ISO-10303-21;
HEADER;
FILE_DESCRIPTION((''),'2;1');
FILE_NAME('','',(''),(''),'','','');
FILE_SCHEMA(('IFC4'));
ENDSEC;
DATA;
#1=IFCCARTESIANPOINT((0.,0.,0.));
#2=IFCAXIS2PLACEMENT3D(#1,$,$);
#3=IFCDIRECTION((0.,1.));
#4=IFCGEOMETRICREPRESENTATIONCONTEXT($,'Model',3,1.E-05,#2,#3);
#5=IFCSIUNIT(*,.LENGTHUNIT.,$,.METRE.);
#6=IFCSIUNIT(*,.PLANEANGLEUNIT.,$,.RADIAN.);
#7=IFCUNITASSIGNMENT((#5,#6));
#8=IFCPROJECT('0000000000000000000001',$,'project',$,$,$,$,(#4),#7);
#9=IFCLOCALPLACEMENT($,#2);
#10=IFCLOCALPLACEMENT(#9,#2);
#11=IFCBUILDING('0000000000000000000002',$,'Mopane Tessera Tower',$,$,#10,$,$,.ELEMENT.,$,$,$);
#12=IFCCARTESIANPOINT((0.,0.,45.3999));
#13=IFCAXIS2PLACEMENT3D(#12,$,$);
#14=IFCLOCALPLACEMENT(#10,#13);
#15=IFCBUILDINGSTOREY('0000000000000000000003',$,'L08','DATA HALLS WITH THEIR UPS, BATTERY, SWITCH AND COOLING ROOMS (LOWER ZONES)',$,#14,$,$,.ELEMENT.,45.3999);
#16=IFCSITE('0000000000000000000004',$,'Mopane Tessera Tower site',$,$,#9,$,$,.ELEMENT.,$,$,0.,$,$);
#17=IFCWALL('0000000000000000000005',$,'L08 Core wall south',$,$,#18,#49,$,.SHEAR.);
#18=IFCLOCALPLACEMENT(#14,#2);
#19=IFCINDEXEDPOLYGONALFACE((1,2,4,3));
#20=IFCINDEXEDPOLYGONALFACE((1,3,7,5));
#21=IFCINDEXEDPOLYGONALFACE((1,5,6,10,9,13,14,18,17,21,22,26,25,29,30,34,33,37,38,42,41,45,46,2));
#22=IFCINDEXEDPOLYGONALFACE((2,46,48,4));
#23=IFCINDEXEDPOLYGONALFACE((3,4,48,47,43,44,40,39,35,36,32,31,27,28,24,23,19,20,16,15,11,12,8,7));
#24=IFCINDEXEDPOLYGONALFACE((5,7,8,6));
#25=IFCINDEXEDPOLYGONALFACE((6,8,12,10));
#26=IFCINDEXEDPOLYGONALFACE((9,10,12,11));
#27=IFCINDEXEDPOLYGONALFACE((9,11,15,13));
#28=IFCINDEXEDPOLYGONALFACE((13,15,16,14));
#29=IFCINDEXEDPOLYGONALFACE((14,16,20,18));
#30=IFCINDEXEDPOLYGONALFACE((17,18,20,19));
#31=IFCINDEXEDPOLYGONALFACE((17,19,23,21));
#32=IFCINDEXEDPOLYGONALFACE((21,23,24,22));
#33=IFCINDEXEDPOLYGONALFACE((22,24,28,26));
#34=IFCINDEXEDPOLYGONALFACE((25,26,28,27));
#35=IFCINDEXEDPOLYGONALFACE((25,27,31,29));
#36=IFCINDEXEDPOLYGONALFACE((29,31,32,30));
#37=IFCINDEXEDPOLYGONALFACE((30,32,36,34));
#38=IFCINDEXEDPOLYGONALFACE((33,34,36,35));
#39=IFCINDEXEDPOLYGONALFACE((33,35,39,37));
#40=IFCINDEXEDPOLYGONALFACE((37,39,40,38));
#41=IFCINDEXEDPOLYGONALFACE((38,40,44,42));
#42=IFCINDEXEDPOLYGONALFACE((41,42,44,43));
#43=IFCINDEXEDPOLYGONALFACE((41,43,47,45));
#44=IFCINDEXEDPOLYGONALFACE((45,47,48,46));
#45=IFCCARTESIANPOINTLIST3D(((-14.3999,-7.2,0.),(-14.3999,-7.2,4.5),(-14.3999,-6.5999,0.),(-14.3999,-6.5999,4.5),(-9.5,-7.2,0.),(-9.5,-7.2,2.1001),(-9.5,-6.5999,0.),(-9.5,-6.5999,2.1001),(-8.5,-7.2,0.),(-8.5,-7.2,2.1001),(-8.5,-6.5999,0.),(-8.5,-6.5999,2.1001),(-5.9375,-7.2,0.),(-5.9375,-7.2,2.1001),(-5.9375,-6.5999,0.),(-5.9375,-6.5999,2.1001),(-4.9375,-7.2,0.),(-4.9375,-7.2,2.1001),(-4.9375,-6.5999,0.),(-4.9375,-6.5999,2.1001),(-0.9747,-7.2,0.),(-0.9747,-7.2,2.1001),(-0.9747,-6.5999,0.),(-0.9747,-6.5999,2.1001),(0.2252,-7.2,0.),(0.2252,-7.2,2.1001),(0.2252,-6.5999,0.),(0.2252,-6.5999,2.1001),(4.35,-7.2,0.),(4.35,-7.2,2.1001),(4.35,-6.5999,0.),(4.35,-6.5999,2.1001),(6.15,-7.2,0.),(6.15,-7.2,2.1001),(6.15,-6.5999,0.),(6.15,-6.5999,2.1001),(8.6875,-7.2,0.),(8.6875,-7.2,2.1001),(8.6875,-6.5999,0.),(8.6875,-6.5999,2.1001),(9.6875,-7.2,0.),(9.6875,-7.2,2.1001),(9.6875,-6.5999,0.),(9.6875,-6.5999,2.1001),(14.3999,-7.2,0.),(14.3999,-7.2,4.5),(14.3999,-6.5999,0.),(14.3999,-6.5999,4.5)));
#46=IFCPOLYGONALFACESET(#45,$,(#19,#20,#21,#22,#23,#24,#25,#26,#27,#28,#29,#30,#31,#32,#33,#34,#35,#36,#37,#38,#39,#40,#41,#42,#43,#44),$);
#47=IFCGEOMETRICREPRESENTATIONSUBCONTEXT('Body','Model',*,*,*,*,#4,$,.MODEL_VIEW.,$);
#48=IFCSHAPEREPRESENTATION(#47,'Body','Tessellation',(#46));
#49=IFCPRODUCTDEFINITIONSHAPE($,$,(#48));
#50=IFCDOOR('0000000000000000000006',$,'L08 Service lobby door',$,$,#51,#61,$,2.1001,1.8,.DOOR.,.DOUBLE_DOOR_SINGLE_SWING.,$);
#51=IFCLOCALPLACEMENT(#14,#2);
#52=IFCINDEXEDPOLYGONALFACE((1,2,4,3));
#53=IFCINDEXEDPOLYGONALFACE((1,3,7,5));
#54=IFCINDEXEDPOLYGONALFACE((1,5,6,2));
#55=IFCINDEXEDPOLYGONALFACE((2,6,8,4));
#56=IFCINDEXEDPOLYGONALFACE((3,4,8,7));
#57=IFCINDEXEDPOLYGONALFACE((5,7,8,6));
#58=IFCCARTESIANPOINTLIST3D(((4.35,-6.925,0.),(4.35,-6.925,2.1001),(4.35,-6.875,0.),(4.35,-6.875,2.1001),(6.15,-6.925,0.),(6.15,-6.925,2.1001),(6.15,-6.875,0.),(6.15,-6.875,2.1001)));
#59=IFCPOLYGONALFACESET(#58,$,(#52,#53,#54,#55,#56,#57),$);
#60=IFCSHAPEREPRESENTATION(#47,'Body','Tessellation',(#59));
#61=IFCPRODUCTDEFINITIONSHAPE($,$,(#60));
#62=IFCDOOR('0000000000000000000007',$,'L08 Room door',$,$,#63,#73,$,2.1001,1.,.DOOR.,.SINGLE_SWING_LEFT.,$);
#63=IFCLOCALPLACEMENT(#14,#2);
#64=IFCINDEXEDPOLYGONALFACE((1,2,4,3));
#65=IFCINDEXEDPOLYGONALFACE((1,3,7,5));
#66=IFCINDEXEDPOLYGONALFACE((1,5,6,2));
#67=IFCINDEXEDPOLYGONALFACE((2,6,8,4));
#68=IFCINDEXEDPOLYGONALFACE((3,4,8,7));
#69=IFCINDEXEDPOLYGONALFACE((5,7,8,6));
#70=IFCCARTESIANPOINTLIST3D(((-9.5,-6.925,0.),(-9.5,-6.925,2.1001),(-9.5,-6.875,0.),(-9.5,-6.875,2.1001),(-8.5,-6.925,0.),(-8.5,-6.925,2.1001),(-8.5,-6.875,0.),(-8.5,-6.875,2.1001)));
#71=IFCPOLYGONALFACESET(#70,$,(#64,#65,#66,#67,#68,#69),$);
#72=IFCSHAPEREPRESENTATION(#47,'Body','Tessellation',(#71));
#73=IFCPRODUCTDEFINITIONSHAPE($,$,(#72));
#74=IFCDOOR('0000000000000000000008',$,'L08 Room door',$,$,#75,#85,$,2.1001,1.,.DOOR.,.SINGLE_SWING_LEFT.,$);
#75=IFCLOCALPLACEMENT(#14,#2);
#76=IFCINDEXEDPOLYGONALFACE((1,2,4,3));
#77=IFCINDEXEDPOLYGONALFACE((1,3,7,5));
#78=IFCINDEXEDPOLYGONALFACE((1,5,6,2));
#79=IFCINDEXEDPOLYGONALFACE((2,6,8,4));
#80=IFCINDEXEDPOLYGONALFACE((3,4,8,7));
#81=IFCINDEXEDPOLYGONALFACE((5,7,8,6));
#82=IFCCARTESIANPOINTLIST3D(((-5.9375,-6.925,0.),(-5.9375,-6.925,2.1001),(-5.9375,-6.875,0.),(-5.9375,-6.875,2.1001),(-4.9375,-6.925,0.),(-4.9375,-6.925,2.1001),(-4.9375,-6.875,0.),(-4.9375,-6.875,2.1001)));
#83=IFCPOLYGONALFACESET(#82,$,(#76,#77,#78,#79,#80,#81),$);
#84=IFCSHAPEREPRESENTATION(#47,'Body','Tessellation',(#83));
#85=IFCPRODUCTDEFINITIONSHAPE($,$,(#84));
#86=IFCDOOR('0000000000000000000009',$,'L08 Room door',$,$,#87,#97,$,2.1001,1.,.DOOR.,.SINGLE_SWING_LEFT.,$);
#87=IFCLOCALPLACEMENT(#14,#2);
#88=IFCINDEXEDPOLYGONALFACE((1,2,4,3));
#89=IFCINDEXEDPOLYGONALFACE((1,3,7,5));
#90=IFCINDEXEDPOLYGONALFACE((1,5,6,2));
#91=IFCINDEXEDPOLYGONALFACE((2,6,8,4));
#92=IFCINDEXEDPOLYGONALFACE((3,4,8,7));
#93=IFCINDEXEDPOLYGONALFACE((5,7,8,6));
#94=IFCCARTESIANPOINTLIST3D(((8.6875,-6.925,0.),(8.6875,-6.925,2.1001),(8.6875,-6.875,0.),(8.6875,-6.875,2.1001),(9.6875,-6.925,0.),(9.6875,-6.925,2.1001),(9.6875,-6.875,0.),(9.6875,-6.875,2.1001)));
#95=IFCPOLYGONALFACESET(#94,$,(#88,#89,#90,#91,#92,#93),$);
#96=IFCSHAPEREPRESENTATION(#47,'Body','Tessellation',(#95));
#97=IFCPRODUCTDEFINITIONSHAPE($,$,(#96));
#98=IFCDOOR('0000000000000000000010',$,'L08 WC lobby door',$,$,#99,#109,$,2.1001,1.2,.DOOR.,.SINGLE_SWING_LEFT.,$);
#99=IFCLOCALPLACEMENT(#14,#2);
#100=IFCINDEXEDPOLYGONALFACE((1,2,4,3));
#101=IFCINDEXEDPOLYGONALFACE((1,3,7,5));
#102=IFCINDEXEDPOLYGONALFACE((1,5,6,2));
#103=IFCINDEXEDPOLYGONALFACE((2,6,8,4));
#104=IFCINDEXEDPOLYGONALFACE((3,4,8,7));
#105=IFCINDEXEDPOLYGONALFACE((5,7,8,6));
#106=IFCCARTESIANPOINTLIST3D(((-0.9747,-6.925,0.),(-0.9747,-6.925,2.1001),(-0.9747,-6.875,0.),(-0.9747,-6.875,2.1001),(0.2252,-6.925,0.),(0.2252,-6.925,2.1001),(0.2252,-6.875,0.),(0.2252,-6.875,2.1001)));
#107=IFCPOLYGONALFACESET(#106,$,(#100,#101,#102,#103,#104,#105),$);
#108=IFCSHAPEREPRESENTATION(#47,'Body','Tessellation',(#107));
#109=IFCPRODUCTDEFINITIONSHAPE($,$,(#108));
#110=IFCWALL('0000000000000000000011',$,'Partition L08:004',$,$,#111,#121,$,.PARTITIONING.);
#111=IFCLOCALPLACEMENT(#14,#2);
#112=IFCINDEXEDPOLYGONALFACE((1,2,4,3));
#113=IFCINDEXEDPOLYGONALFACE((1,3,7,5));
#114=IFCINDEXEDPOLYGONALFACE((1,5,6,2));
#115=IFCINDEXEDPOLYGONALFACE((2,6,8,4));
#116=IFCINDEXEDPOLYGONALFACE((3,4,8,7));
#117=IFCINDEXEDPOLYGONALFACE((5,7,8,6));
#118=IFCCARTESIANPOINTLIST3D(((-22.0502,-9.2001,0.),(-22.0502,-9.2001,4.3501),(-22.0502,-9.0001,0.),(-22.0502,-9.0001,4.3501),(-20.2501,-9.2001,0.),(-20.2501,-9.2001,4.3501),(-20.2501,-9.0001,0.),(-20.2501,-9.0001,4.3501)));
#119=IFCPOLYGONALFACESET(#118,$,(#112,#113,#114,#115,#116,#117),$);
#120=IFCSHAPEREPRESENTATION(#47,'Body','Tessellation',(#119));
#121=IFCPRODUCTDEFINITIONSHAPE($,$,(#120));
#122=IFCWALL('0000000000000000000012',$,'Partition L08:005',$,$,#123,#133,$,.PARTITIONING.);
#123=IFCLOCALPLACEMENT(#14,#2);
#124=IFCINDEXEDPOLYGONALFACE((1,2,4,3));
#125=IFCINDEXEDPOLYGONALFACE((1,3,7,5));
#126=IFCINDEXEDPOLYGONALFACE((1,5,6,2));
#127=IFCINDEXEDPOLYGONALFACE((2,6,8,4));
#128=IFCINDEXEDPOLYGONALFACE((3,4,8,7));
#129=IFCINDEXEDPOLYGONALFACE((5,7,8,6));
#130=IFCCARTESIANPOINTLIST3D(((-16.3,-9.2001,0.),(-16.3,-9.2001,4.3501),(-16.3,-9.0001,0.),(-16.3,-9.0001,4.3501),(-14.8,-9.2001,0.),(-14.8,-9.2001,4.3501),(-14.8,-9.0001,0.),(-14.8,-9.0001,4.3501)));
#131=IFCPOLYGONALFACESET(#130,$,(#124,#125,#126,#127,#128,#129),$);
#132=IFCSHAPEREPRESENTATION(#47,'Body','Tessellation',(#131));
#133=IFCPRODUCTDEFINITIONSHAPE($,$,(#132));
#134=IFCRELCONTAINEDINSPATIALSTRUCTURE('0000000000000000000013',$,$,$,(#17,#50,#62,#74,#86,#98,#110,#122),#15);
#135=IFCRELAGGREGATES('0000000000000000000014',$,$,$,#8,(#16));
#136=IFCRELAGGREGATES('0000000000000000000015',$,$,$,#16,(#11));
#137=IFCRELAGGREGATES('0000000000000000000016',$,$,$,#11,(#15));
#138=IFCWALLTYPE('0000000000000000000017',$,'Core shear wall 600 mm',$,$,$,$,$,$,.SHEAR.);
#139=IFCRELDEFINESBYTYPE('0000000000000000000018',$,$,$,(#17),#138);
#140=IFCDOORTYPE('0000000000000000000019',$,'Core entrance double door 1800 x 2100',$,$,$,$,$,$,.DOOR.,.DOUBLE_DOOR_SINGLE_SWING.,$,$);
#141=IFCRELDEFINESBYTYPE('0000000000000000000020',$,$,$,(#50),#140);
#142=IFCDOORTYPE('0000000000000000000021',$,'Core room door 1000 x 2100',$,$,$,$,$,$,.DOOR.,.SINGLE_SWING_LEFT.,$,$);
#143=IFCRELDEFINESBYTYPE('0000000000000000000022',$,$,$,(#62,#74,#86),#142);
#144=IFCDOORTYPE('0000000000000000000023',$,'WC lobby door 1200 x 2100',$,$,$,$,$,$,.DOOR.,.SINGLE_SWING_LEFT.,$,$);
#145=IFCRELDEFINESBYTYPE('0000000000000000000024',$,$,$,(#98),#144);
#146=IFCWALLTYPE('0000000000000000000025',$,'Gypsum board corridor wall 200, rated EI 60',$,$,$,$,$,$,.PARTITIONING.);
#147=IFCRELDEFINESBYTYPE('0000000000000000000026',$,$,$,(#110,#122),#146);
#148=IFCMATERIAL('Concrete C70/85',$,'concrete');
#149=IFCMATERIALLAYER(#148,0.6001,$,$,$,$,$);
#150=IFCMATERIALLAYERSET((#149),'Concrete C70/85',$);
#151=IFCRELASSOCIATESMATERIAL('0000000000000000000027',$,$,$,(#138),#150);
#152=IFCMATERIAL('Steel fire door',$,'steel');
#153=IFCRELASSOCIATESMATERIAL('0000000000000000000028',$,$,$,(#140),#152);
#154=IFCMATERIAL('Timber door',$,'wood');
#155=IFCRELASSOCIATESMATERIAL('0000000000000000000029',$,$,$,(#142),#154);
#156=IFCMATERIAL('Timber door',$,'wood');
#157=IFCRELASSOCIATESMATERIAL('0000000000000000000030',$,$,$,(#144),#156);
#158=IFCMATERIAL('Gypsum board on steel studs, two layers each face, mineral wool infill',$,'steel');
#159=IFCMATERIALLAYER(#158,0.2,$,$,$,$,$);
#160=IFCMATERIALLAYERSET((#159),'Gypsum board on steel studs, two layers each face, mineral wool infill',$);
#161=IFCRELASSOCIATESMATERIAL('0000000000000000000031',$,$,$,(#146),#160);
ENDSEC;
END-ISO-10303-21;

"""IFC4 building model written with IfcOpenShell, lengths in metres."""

from ifc_helpers import new_model, si_unit, direction, frame, frame_2d, origin, place, context, subcontext, project, spatial, rectangle, extrude, material, layer, layer_set, type_object, element, fill, save


model = new_model("IFC4")

# Units and contexts
model_context = context("Model", 3, precision=1e-05, world=origin(), true_north=direction((0.0, 1.0)))
body_context = subcontext(model_context, "Body", "Model", "MODEL_VIEW")
ifc_project = project(units=[si_unit("LENGTHUNIT", "METRE"), si_unit("PLANEANGLEUNIT", "RADIAN")], contexts=[model_context])

# Site, building, storey
site_placement = place(None, origin())
site = spatial("IfcSite", under=ifc_project, at=site_placement, Name="Mopane Tessera Tower site", CompositionType="ELEMENT", RefElevation=0.0)
building_placement = place(site_placement, origin())
building = spatial("IfcBuilding", under=site, at=building_placement, Name="Mopane Tessera Tower", CompositionType="ELEMENT")
storey_placement = place(building_placement, frame((0.0, 0.0, 45.3999)))
storey = spatial("IfcBuildingStorey", under=building, at=storey_placement, Name="L08", Description="DATA HALLS WITH THEIR UPS, BATTERY, SWITCH AND COOLING ROOMS (LOWER ZONES)", CompositionType="ELEMENT", Elevation=45.3999)

# Wall, openings, doors
ifc_material_1 = material(Name="Concrete C70/85", Category="concrete")
ifc_layer_1 = layer(ifc_material_1, 0.6001)
ifc_layer_set_1 = layer_set([ifc_layer_1], Name="Concrete C70/85")
wall_type_1 = type_object("IfcWallType", Name="Core shear wall 600 mm", PredefinedType="SHEAR", material=ifc_layer_set_1)
wall_1_placement = place(storey_placement, frame((-14.3999, -6.8999, 0.0), z_axis=(0.0, 0.0, 1.0), x_axis=(1.0, 0.0, 0.0)))
wall_1 = element("IfcWall", 1, at=wall_1_placement, inside=storey, type_object=wall_type_1, Name="L08 Core wall south", PredefinedType="SHEAR", context=body_context, shape_type="SweptSolid", body=[
    extrude(rectangle(XDim=28.7998, YDim=0.6001, at=frame_2d((14.3999, 0.0))), origin(), (0.0, 0.0, 1.0), 4.5),
])
opening_1_placement = place(wall_1_placement, frame((4.8999, 0.0, 0.0)))
opening_1 = element("IfcOpeningElement", 2, at=opening_1_placement, cuts=wall_1, PredefinedType="OPENING", context=body_context, shape_type="SweptSolid", body=[
    extrude(rectangle(XDim=1.0, YDim=2.1001, at=frame_2d((0.5, 1.05))), frame((0.0, 0.312, 0.0), z_axis=(0.0, -1.0, 0.0), x_axis=(1.0, 0.0, 0.0)), (0.0, 0.0, 1.0), 0.624),
])
opening_2_placement = place(wall_1_placement, frame((8.4624, 0.0, 0.0)))
opening_2 = element("IfcOpeningElement", 3, at=opening_2_placement, cuts=wall_1, PredefinedType="OPENING", context=body_context, shape_type="SweptSolid", body=[
    extrude(rectangle(XDim=1.0, YDim=2.1001, at=frame_2d((0.5, 1.05))), frame((0.0, 0.312, 0.0), z_axis=(0.0, -1.0, 0.0), x_axis=(1.0, 0.0, 0.0)), (0.0, 0.0, 1.0), 0.624),
])
opening_3_placement = place(wall_1_placement, frame((13.425, 0.0, 0.0)))
opening_3 = element("IfcOpeningElement", 4, at=opening_3_placement, cuts=wall_1, PredefinedType="OPENING", context=body_context, shape_type="SweptSolid", body=[
    extrude(rectangle(XDim=1.2, YDim=2.1001, at=frame_2d((0.6001, 1.05))), frame((0.0, 0.312, 0.0), z_axis=(0.0, -1.0, 0.0), x_axis=(1.0, 0.0, 0.0)), (0.0, 0.0, 1.0), 0.624),
])
opening_4_placement = place(wall_1_placement, frame((18.75, 0.0, 0.0)))
opening_4 = element("IfcOpeningElement", 5, at=opening_4_placement, cuts=wall_1, PredefinedType="OPENING", context=body_context, shape_type="SweptSolid", body=[
    extrude(rectangle(XDim=1.8, YDim=2.1001, at=frame_2d((0.8999, 1.05))), frame((0.0, 0.312, 0.0), z_axis=(0.0, -1.0, 0.0), x_axis=(1.0, 0.0, 0.0)), (0.0, 0.0, 1.0), 0.624),
])
opening_5_placement = place(wall_1_placement, frame((23.0874, 0.0, 0.0)))
opening_5 = element("IfcOpeningElement", 6, at=opening_5_placement, cuts=wall_1, PredefinedType="OPENING", context=body_context, shape_type="SweptSolid", body=[
    extrude(rectangle(XDim=1.0, YDim=2.1001, at=frame_2d((0.5, 1.05))), frame((0.0, 0.312, 0.0), z_axis=(0.0, -1.0, 0.0), x_axis=(1.0, 0.0, 0.0)), (0.0, 0.0, 1.0), 0.624),
])
ifc_material_2 = material(Name="Steel fire door", Category="steel")
door_type_1 = type_object("IfcDoorType", Name="Core entrance double door 1800 x 2100", OperationType="DOUBLE_DOOR_SINGLE_SWING", PredefinedType="DOOR", material=ifc_material_2)
door_1_placement = place(opening_4_placement, origin())
door_1 = element("IfcDoor", 7, at=door_1_placement, inside=storey, type_object=door_type_1, Name="L08 Service lobby door", OperationType="DOUBLE_DOOR_SINGLE_SWING", OverallHeight=2.1001, OverallWidth=1.8, PredefinedType="DOOR", context=body_context, shape_type="SweptSolid", body=[
    extrude(rectangle(XDim=1.8, YDim=2.1001, at=frame_2d((0.8999, 1.05))), frame((0.0, 0.0249, 0.0), z_axis=(0.0, -1.0, 0.0), x_axis=(1.0, 0.0, 0.0)), (0.0, 0.0, 1.0), 0.05),
])
fill(opening_4, door_1)
ifc_material_3 = material(Name="Timber door", Category="wood")
door_type_2 = type_object("IfcDoorType", Name="Core room door 1000 x 2100", OperationType="SINGLE_SWING_LEFT", PredefinedType="DOOR", material=ifc_material_3)
door_2_placement = place(opening_1_placement, origin())
door_2 = element("IfcDoor", 8, at=door_2_placement, inside=storey, type_object=door_type_2, Name="L08 Room door", OperationType="SINGLE_SWING_LEFT", OverallHeight=2.1001, OverallWidth=1.0, PredefinedType="DOOR", context=body_context, shape_type="SweptSolid", body=[
    extrude(rectangle(XDim=1.0, YDim=2.1001, at=frame_2d((0.5, 1.05))), frame((0.0, 0.0249, 0.0), z_axis=(0.0, -1.0, 0.0), x_axis=(1.0, 0.0, 0.0)), (0.0, 0.0, 1.0), 0.05),
])
fill(opening_1, door_2)
door_3_placement = place(opening_2_placement, origin())
door_3 = element("IfcDoor", 9, at=door_3_placement, inside=storey, type_object=door_type_2, Name="L08 Room door", OperationType="SINGLE_SWING_LEFT", OverallHeight=2.1001, OverallWidth=1.0, PredefinedType="DOOR", context=body_context, shape_type="SweptSolid", body=[
    extrude(rectangle(XDim=1.0, YDim=2.1001, at=frame_2d((0.5, 1.05))), frame((0.0, 0.0249, 0.0), z_axis=(0.0, -1.0, 0.0), x_axis=(1.0, 0.0, 0.0)), (0.0, 0.0, 1.0), 0.05),
])
fill(opening_2, door_3)
door_4_placement = place(opening_5_placement, origin())
door_4 = element("IfcDoor", 10, at=door_4_placement, inside=storey, type_object=door_type_2, Name="L08 Room door", OperationType="SINGLE_SWING_LEFT", OverallHeight=2.1001, OverallWidth=1.0, PredefinedType="DOOR", context=body_context, shape_type="SweptSolid", body=[
    extrude(rectangle(XDim=1.0, YDim=2.1001, at=frame_2d((0.5, 1.05))), frame((0.0, 0.0249, 0.0), z_axis=(0.0, -1.0, 0.0), x_axis=(1.0, 0.0, 0.0)), (0.0, 0.0, 1.0), 0.05),
])
fill(opening_5, door_4)
ifc_material_4 = material(Name="Timber door", Category="wood")
door_type_3 = type_object("IfcDoorType", Name="WC lobby door 1200 x 2100", OperationType="SINGLE_SWING_LEFT", PredefinedType="DOOR", material=ifc_material_4)
door_5_placement = place(opening_3_placement, origin())
door_5 = element("IfcDoor", 11, at=door_5_placement, inside=storey, type_object=door_type_3, Name="L08 WC lobby door", OperationType="SINGLE_SWING_LEFT", OverallHeight=2.1001, OverallWidth=1.2, PredefinedType="DOOR", context=body_context, shape_type="SweptSolid", body=[
    extrude(rectangle(XDim=1.2, YDim=2.1001, at=frame_2d((0.6001, 1.05))), frame((0.0, 0.0249, 0.0), z_axis=(0.0, -1.0, 0.0), x_axis=(1.0, 0.0, 0.0)), (0.0, 0.0, 1.0), 0.05),
])
fill(opening_3, door_5)

# Walls
ifc_material_5 = material(Name="Gypsum board on steel studs, two layers each face, mineral wool infill", Category="steel")
ifc_layer_2 = layer(ifc_material_5, 0.2)
ifc_layer_set_2 = layer_set([ifc_layer_2], Name="Gypsum board on steel studs, two layers each face, mineral wool infill")
wall_type_2 = type_object("IfcWallType", Name="Gypsum board corridor wall 200, rated EI 60", PredefinedType="PARTITIONING", material=ifc_layer_set_2)
wall_2_placement = place(storey_placement, frame((-22.05, -9.1001, 0.0), z_axis=(0.0, 0.0, 1.0), x_axis=(1.0, 0.0, 0.0)))
element("IfcWall", 12, at=wall_2_placement, inside=storey, type_object=wall_type_2, Name="Partition L08:004", PredefinedType="PARTITIONING", context=body_context, shape_type="SweptSolid", body=[
    extrude(rectangle(XDim=1.8, YDim=0.2, at=frame_2d((0.8999, 0.0))), origin(), (0.0, 0.0, 1.0), 4.3501),
])
wall_3_placement = place(storey_placement, frame((-16.3, -9.1001, 0.0), z_axis=(0.0, 0.0, 1.0), x_axis=(1.0, 0.0, 0.0)))
element("IfcWall", 13, at=wall_3_placement, inside=storey, type_object=wall_type_2, Name="Partition L08:005", PredefinedType="PARTITIONING", context=body_context, shape_type="SweptSolid", body=[
    extrude(rectangle(XDim=1.5, YDim=0.2, at=frame_2d((0.75, 0.0))), origin(), (0.0, 0.0, 1.0), 4.3501),
])

save(model, "model.ifc")
